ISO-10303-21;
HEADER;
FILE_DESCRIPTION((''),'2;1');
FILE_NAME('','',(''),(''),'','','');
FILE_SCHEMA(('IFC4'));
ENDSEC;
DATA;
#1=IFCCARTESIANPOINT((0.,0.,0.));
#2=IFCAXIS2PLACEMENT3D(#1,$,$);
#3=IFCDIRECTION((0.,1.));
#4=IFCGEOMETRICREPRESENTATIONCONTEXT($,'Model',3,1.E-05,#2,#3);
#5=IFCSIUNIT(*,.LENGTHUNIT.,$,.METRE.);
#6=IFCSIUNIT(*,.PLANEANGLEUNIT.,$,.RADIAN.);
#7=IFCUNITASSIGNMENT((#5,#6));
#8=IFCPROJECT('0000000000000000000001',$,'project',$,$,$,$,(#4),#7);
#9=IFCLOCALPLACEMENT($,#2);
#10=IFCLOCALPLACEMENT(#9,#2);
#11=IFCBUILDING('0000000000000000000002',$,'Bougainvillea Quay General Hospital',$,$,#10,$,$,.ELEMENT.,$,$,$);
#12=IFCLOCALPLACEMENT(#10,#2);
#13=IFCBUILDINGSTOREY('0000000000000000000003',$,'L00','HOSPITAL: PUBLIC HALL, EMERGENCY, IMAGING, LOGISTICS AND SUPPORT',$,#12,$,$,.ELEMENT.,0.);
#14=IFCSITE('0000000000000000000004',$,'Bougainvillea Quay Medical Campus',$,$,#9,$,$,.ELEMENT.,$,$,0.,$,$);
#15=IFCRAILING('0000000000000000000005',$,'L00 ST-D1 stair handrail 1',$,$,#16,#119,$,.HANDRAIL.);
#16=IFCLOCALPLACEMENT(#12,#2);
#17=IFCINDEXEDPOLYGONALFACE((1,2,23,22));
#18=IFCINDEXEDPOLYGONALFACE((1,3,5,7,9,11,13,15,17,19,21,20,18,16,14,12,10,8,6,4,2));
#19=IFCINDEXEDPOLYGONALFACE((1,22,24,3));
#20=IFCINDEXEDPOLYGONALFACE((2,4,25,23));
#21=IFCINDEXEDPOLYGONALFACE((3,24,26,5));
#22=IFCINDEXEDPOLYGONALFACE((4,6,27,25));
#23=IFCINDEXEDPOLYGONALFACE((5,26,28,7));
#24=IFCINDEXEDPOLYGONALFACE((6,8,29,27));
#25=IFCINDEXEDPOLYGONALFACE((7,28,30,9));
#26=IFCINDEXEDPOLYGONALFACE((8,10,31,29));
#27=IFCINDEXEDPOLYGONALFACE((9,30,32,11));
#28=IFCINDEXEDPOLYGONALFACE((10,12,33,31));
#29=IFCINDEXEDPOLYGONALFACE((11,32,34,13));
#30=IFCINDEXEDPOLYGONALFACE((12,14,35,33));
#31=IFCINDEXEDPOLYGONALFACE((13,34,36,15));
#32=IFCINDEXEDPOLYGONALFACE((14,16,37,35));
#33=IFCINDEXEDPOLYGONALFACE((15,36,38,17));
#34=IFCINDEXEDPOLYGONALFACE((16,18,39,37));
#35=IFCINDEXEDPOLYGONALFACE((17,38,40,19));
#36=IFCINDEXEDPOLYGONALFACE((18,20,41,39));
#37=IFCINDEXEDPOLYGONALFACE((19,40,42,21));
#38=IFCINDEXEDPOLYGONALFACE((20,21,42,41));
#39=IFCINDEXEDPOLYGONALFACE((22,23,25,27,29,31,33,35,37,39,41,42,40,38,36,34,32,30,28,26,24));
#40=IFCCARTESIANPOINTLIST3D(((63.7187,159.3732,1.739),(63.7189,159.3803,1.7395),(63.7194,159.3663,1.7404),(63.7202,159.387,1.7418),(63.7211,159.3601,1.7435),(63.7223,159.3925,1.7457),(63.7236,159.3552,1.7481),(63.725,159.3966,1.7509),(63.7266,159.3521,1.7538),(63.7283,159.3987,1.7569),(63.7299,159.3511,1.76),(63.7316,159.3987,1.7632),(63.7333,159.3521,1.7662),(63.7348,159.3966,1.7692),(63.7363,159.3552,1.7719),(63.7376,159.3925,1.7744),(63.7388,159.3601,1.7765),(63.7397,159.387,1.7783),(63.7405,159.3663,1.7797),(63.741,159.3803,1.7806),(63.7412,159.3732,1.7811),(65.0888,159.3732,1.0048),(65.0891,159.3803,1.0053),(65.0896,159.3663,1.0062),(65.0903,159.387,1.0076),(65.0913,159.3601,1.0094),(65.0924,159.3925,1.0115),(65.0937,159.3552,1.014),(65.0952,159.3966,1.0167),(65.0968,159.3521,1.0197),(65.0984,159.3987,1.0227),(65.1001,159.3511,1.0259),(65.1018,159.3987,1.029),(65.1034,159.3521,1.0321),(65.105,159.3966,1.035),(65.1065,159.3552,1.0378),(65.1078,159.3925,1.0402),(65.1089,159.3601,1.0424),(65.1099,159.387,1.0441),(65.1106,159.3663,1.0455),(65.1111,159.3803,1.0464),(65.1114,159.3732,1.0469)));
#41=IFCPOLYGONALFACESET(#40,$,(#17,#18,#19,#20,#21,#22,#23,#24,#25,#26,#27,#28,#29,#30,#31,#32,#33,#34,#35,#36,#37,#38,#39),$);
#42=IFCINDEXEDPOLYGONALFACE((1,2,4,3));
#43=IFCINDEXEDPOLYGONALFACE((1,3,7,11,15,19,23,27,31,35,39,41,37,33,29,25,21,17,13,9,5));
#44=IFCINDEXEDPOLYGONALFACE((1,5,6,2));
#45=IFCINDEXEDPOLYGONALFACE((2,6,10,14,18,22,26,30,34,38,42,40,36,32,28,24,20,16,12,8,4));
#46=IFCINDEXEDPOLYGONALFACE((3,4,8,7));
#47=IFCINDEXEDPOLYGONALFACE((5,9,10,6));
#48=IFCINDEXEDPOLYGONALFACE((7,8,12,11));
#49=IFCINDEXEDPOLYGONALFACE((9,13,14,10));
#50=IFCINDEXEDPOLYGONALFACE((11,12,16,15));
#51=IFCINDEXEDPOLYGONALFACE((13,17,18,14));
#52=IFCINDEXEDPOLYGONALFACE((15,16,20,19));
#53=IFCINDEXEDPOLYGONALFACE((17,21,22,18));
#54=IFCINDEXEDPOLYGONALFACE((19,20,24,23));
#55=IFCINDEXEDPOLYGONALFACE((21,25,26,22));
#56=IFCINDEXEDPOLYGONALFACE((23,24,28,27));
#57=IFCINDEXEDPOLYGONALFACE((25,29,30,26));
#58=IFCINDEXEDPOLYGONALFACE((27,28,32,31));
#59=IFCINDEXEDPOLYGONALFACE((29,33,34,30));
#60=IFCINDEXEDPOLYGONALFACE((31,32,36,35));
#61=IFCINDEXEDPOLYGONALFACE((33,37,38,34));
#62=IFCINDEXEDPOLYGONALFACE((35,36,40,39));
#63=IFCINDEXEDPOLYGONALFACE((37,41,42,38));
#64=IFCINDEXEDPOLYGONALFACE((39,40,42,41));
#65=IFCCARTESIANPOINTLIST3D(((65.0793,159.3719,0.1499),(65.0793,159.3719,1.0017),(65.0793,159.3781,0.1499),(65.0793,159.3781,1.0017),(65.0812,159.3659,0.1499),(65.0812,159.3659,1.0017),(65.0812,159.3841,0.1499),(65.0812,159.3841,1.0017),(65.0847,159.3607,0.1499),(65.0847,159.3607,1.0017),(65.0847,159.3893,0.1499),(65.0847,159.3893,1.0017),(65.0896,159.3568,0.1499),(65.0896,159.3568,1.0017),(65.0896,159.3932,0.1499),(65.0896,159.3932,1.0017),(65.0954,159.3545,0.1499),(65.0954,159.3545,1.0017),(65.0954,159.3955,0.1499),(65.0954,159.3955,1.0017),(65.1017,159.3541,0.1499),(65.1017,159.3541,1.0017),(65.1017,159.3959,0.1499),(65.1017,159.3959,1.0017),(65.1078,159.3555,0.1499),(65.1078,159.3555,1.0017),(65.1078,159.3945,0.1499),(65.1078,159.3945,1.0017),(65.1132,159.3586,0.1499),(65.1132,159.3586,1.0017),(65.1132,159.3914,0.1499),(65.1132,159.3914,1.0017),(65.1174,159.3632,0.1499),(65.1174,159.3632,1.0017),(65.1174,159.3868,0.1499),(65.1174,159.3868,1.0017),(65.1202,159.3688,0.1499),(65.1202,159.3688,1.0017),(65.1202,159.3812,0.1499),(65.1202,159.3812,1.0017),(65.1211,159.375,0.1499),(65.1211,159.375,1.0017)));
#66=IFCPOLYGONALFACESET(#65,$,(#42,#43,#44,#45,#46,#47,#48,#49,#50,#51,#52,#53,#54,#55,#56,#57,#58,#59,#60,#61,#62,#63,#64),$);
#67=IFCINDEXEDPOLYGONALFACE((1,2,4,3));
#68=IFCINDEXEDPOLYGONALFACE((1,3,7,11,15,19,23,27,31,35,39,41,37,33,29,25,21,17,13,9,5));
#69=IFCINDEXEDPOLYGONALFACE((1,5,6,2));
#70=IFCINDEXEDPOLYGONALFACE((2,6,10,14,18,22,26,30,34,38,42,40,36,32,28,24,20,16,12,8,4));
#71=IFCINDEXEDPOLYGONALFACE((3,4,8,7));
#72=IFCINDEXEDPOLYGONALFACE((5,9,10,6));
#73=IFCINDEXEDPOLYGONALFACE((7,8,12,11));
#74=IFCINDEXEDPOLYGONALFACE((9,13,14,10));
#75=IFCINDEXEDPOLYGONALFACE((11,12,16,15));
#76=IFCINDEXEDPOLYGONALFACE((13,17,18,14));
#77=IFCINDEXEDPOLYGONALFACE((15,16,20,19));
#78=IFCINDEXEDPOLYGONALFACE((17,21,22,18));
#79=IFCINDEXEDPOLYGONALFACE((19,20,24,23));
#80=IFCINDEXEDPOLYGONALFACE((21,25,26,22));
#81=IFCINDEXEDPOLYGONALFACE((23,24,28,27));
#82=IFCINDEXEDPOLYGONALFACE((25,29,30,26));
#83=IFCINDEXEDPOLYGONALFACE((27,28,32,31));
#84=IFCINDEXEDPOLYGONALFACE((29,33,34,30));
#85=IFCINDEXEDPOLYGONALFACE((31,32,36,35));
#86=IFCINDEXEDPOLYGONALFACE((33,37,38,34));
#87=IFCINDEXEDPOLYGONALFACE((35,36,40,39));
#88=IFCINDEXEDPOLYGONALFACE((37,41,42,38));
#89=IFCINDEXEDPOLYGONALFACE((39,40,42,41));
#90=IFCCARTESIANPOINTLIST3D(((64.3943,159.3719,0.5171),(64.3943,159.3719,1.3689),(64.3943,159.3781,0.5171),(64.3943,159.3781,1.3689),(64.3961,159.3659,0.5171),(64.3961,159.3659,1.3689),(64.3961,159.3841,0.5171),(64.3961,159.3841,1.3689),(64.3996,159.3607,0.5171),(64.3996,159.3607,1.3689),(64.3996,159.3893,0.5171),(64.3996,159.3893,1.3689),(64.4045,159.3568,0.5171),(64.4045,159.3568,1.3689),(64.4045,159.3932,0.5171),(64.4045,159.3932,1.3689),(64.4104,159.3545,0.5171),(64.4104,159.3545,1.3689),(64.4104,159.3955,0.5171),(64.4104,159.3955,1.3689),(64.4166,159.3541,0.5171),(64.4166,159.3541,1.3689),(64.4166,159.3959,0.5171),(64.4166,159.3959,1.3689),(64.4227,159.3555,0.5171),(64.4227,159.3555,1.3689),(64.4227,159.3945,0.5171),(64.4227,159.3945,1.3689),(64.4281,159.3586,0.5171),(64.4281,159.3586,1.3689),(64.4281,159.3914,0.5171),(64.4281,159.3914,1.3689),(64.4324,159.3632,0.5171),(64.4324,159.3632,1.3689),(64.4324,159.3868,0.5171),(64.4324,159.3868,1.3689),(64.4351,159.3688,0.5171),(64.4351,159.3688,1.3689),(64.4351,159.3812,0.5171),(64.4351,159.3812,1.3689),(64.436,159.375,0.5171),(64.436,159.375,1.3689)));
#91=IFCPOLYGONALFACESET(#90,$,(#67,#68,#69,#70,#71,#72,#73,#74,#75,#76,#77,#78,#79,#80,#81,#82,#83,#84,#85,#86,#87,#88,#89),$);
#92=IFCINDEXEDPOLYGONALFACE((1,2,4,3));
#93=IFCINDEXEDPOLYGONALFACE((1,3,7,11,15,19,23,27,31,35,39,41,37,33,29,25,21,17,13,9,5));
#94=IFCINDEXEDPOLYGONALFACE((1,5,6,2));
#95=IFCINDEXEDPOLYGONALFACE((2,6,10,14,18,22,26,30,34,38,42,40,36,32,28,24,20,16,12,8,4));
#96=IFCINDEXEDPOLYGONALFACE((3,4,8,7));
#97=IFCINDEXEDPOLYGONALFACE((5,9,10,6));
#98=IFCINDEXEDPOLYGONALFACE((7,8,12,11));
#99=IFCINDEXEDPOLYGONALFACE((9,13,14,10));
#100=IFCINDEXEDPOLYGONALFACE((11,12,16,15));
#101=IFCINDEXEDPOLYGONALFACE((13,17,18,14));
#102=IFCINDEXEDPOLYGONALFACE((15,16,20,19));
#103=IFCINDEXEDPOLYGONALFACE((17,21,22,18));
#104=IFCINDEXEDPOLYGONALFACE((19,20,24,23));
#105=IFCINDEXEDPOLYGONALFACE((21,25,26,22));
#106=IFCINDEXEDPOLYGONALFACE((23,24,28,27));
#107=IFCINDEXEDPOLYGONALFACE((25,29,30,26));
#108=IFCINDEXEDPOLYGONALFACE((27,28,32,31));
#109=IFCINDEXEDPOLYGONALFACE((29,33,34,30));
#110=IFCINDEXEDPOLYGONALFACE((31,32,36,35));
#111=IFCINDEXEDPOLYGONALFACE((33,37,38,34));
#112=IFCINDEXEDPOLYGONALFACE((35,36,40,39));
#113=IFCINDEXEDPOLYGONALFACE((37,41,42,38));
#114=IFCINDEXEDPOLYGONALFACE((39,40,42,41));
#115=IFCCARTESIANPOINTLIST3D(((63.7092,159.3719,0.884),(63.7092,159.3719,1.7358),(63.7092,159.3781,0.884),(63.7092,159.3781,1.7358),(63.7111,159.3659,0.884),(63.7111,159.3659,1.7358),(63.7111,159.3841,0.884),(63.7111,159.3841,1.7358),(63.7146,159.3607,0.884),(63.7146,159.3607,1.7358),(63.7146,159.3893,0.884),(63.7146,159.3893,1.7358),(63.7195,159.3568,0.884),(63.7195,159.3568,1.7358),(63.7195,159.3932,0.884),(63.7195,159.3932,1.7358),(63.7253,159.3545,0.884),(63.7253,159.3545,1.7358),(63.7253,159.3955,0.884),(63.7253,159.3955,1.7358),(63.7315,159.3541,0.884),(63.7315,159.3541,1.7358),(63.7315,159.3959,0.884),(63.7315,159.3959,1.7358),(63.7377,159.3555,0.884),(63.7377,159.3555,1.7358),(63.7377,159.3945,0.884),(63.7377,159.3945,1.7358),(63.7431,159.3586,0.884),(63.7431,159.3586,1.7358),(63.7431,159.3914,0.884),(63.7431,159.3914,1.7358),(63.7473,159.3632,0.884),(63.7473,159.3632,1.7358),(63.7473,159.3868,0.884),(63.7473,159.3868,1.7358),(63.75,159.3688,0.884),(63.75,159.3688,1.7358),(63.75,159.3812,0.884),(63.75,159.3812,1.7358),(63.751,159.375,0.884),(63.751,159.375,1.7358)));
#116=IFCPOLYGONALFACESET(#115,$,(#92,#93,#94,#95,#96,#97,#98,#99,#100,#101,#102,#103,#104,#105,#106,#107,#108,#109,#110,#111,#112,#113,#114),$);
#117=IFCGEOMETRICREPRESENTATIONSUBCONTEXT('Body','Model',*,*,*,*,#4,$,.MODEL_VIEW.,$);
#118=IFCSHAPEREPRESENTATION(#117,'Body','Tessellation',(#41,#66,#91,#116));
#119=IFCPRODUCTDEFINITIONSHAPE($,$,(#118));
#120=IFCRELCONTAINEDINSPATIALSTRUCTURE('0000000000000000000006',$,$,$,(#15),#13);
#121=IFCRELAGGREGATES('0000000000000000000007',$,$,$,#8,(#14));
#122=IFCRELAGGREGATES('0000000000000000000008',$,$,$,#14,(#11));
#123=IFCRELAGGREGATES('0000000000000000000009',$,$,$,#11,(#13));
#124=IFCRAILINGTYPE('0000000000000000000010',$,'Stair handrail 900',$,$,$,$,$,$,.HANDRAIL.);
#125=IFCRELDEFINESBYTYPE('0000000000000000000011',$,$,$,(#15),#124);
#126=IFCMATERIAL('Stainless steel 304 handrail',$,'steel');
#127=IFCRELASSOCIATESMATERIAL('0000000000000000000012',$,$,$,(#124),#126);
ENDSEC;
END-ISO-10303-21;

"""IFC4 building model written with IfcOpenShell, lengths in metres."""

from ifc_helpers import new_model, si_unit, direction, frame, origin, origin_2d, place, context, subcontext, project, spatial, circle, extrude, material, type_object, element, save


model = new_model("IFC4")

# Units and contexts
model_context = context("Model", 3, precision=1e-05, world=origin(), true_north=direction((0.0, 1.0)))
body_context = subcontext(model_context, "Body", "Model", "MODEL_VIEW")
ifc_project = project(units=[si_unit("LENGTHUNIT", "METRE"), si_unit("PLANEANGLEUNIT", "RADIAN")], contexts=[model_context])

# Site, building, storey
site_placement = place(None, origin())
site = spatial("IfcSite", under=ifc_project, at=site_placement, Name="Bougainvillea Quay Medical Campus", CompositionType="ELEMENT", RefElevation=0.0)
building_placement = place(site_placement, origin())
building = spatial("IfcBuilding", under=site, at=building_placement, Name="Bougainvillea Quay General Hospital", CompositionType="ELEMENT")
storey_placement = place(building_placement, origin())
storey = spatial("IfcBuildingStorey", under=building, at=storey_placement, Name="L00", Description="HOSPITAL: PUBLIC HALL, EMERGENCY, IMAGING, LOGISTICS AND SUPPORT", CompositionType="ELEMENT", Elevation=0.0)

# Railing
ifc_material_1 = material(Name="Stainless steel 304 handrail", Category="steel")
railing_type_1 = type_object("IfcRailingType", Name="Stair handrail 900", PredefinedType="HANDRAIL", material=ifc_material_1)
railing_1_placement = place(storey_placement, frame((65.1001, 159.375, 0.1499)))
element("IfcRailing", 1, at=railing_1_placement, inside=storey, type_object=railing_type_1, Name="L00 ST-D1 stair handrail 1", PredefinedType="HANDRAIL", context=body_context, shape_type="SweptSolid", body=[
    extrude(circle(Radius=0.0239, at=origin_2d()), frame((0.0, 0.0, 0.876), z_axis=(-0.881443, 0.0, 0.472291), x_axis=(0.0, -1.0, 0.0)), (0.0, 0.0, 1.0), 1.5544),
    extrude(circle(Radius=0.021, at=origin_2d()), origin(), (0.0, 0.0, 1.0), 0.8518),
    extrude(circle(Radius=0.021, at=origin_2d()), frame((-0.6851, 0.0, 0.3672)), (0.0, 0.0, 1.0), 0.8518),
    extrude(circle(Radius=0.021, at=origin_2d()), frame((-1.3701, 0.0, 0.7341)), (0.0, 0.0, 1.0), 0.8518),
])

save(model, "model.ifc")
